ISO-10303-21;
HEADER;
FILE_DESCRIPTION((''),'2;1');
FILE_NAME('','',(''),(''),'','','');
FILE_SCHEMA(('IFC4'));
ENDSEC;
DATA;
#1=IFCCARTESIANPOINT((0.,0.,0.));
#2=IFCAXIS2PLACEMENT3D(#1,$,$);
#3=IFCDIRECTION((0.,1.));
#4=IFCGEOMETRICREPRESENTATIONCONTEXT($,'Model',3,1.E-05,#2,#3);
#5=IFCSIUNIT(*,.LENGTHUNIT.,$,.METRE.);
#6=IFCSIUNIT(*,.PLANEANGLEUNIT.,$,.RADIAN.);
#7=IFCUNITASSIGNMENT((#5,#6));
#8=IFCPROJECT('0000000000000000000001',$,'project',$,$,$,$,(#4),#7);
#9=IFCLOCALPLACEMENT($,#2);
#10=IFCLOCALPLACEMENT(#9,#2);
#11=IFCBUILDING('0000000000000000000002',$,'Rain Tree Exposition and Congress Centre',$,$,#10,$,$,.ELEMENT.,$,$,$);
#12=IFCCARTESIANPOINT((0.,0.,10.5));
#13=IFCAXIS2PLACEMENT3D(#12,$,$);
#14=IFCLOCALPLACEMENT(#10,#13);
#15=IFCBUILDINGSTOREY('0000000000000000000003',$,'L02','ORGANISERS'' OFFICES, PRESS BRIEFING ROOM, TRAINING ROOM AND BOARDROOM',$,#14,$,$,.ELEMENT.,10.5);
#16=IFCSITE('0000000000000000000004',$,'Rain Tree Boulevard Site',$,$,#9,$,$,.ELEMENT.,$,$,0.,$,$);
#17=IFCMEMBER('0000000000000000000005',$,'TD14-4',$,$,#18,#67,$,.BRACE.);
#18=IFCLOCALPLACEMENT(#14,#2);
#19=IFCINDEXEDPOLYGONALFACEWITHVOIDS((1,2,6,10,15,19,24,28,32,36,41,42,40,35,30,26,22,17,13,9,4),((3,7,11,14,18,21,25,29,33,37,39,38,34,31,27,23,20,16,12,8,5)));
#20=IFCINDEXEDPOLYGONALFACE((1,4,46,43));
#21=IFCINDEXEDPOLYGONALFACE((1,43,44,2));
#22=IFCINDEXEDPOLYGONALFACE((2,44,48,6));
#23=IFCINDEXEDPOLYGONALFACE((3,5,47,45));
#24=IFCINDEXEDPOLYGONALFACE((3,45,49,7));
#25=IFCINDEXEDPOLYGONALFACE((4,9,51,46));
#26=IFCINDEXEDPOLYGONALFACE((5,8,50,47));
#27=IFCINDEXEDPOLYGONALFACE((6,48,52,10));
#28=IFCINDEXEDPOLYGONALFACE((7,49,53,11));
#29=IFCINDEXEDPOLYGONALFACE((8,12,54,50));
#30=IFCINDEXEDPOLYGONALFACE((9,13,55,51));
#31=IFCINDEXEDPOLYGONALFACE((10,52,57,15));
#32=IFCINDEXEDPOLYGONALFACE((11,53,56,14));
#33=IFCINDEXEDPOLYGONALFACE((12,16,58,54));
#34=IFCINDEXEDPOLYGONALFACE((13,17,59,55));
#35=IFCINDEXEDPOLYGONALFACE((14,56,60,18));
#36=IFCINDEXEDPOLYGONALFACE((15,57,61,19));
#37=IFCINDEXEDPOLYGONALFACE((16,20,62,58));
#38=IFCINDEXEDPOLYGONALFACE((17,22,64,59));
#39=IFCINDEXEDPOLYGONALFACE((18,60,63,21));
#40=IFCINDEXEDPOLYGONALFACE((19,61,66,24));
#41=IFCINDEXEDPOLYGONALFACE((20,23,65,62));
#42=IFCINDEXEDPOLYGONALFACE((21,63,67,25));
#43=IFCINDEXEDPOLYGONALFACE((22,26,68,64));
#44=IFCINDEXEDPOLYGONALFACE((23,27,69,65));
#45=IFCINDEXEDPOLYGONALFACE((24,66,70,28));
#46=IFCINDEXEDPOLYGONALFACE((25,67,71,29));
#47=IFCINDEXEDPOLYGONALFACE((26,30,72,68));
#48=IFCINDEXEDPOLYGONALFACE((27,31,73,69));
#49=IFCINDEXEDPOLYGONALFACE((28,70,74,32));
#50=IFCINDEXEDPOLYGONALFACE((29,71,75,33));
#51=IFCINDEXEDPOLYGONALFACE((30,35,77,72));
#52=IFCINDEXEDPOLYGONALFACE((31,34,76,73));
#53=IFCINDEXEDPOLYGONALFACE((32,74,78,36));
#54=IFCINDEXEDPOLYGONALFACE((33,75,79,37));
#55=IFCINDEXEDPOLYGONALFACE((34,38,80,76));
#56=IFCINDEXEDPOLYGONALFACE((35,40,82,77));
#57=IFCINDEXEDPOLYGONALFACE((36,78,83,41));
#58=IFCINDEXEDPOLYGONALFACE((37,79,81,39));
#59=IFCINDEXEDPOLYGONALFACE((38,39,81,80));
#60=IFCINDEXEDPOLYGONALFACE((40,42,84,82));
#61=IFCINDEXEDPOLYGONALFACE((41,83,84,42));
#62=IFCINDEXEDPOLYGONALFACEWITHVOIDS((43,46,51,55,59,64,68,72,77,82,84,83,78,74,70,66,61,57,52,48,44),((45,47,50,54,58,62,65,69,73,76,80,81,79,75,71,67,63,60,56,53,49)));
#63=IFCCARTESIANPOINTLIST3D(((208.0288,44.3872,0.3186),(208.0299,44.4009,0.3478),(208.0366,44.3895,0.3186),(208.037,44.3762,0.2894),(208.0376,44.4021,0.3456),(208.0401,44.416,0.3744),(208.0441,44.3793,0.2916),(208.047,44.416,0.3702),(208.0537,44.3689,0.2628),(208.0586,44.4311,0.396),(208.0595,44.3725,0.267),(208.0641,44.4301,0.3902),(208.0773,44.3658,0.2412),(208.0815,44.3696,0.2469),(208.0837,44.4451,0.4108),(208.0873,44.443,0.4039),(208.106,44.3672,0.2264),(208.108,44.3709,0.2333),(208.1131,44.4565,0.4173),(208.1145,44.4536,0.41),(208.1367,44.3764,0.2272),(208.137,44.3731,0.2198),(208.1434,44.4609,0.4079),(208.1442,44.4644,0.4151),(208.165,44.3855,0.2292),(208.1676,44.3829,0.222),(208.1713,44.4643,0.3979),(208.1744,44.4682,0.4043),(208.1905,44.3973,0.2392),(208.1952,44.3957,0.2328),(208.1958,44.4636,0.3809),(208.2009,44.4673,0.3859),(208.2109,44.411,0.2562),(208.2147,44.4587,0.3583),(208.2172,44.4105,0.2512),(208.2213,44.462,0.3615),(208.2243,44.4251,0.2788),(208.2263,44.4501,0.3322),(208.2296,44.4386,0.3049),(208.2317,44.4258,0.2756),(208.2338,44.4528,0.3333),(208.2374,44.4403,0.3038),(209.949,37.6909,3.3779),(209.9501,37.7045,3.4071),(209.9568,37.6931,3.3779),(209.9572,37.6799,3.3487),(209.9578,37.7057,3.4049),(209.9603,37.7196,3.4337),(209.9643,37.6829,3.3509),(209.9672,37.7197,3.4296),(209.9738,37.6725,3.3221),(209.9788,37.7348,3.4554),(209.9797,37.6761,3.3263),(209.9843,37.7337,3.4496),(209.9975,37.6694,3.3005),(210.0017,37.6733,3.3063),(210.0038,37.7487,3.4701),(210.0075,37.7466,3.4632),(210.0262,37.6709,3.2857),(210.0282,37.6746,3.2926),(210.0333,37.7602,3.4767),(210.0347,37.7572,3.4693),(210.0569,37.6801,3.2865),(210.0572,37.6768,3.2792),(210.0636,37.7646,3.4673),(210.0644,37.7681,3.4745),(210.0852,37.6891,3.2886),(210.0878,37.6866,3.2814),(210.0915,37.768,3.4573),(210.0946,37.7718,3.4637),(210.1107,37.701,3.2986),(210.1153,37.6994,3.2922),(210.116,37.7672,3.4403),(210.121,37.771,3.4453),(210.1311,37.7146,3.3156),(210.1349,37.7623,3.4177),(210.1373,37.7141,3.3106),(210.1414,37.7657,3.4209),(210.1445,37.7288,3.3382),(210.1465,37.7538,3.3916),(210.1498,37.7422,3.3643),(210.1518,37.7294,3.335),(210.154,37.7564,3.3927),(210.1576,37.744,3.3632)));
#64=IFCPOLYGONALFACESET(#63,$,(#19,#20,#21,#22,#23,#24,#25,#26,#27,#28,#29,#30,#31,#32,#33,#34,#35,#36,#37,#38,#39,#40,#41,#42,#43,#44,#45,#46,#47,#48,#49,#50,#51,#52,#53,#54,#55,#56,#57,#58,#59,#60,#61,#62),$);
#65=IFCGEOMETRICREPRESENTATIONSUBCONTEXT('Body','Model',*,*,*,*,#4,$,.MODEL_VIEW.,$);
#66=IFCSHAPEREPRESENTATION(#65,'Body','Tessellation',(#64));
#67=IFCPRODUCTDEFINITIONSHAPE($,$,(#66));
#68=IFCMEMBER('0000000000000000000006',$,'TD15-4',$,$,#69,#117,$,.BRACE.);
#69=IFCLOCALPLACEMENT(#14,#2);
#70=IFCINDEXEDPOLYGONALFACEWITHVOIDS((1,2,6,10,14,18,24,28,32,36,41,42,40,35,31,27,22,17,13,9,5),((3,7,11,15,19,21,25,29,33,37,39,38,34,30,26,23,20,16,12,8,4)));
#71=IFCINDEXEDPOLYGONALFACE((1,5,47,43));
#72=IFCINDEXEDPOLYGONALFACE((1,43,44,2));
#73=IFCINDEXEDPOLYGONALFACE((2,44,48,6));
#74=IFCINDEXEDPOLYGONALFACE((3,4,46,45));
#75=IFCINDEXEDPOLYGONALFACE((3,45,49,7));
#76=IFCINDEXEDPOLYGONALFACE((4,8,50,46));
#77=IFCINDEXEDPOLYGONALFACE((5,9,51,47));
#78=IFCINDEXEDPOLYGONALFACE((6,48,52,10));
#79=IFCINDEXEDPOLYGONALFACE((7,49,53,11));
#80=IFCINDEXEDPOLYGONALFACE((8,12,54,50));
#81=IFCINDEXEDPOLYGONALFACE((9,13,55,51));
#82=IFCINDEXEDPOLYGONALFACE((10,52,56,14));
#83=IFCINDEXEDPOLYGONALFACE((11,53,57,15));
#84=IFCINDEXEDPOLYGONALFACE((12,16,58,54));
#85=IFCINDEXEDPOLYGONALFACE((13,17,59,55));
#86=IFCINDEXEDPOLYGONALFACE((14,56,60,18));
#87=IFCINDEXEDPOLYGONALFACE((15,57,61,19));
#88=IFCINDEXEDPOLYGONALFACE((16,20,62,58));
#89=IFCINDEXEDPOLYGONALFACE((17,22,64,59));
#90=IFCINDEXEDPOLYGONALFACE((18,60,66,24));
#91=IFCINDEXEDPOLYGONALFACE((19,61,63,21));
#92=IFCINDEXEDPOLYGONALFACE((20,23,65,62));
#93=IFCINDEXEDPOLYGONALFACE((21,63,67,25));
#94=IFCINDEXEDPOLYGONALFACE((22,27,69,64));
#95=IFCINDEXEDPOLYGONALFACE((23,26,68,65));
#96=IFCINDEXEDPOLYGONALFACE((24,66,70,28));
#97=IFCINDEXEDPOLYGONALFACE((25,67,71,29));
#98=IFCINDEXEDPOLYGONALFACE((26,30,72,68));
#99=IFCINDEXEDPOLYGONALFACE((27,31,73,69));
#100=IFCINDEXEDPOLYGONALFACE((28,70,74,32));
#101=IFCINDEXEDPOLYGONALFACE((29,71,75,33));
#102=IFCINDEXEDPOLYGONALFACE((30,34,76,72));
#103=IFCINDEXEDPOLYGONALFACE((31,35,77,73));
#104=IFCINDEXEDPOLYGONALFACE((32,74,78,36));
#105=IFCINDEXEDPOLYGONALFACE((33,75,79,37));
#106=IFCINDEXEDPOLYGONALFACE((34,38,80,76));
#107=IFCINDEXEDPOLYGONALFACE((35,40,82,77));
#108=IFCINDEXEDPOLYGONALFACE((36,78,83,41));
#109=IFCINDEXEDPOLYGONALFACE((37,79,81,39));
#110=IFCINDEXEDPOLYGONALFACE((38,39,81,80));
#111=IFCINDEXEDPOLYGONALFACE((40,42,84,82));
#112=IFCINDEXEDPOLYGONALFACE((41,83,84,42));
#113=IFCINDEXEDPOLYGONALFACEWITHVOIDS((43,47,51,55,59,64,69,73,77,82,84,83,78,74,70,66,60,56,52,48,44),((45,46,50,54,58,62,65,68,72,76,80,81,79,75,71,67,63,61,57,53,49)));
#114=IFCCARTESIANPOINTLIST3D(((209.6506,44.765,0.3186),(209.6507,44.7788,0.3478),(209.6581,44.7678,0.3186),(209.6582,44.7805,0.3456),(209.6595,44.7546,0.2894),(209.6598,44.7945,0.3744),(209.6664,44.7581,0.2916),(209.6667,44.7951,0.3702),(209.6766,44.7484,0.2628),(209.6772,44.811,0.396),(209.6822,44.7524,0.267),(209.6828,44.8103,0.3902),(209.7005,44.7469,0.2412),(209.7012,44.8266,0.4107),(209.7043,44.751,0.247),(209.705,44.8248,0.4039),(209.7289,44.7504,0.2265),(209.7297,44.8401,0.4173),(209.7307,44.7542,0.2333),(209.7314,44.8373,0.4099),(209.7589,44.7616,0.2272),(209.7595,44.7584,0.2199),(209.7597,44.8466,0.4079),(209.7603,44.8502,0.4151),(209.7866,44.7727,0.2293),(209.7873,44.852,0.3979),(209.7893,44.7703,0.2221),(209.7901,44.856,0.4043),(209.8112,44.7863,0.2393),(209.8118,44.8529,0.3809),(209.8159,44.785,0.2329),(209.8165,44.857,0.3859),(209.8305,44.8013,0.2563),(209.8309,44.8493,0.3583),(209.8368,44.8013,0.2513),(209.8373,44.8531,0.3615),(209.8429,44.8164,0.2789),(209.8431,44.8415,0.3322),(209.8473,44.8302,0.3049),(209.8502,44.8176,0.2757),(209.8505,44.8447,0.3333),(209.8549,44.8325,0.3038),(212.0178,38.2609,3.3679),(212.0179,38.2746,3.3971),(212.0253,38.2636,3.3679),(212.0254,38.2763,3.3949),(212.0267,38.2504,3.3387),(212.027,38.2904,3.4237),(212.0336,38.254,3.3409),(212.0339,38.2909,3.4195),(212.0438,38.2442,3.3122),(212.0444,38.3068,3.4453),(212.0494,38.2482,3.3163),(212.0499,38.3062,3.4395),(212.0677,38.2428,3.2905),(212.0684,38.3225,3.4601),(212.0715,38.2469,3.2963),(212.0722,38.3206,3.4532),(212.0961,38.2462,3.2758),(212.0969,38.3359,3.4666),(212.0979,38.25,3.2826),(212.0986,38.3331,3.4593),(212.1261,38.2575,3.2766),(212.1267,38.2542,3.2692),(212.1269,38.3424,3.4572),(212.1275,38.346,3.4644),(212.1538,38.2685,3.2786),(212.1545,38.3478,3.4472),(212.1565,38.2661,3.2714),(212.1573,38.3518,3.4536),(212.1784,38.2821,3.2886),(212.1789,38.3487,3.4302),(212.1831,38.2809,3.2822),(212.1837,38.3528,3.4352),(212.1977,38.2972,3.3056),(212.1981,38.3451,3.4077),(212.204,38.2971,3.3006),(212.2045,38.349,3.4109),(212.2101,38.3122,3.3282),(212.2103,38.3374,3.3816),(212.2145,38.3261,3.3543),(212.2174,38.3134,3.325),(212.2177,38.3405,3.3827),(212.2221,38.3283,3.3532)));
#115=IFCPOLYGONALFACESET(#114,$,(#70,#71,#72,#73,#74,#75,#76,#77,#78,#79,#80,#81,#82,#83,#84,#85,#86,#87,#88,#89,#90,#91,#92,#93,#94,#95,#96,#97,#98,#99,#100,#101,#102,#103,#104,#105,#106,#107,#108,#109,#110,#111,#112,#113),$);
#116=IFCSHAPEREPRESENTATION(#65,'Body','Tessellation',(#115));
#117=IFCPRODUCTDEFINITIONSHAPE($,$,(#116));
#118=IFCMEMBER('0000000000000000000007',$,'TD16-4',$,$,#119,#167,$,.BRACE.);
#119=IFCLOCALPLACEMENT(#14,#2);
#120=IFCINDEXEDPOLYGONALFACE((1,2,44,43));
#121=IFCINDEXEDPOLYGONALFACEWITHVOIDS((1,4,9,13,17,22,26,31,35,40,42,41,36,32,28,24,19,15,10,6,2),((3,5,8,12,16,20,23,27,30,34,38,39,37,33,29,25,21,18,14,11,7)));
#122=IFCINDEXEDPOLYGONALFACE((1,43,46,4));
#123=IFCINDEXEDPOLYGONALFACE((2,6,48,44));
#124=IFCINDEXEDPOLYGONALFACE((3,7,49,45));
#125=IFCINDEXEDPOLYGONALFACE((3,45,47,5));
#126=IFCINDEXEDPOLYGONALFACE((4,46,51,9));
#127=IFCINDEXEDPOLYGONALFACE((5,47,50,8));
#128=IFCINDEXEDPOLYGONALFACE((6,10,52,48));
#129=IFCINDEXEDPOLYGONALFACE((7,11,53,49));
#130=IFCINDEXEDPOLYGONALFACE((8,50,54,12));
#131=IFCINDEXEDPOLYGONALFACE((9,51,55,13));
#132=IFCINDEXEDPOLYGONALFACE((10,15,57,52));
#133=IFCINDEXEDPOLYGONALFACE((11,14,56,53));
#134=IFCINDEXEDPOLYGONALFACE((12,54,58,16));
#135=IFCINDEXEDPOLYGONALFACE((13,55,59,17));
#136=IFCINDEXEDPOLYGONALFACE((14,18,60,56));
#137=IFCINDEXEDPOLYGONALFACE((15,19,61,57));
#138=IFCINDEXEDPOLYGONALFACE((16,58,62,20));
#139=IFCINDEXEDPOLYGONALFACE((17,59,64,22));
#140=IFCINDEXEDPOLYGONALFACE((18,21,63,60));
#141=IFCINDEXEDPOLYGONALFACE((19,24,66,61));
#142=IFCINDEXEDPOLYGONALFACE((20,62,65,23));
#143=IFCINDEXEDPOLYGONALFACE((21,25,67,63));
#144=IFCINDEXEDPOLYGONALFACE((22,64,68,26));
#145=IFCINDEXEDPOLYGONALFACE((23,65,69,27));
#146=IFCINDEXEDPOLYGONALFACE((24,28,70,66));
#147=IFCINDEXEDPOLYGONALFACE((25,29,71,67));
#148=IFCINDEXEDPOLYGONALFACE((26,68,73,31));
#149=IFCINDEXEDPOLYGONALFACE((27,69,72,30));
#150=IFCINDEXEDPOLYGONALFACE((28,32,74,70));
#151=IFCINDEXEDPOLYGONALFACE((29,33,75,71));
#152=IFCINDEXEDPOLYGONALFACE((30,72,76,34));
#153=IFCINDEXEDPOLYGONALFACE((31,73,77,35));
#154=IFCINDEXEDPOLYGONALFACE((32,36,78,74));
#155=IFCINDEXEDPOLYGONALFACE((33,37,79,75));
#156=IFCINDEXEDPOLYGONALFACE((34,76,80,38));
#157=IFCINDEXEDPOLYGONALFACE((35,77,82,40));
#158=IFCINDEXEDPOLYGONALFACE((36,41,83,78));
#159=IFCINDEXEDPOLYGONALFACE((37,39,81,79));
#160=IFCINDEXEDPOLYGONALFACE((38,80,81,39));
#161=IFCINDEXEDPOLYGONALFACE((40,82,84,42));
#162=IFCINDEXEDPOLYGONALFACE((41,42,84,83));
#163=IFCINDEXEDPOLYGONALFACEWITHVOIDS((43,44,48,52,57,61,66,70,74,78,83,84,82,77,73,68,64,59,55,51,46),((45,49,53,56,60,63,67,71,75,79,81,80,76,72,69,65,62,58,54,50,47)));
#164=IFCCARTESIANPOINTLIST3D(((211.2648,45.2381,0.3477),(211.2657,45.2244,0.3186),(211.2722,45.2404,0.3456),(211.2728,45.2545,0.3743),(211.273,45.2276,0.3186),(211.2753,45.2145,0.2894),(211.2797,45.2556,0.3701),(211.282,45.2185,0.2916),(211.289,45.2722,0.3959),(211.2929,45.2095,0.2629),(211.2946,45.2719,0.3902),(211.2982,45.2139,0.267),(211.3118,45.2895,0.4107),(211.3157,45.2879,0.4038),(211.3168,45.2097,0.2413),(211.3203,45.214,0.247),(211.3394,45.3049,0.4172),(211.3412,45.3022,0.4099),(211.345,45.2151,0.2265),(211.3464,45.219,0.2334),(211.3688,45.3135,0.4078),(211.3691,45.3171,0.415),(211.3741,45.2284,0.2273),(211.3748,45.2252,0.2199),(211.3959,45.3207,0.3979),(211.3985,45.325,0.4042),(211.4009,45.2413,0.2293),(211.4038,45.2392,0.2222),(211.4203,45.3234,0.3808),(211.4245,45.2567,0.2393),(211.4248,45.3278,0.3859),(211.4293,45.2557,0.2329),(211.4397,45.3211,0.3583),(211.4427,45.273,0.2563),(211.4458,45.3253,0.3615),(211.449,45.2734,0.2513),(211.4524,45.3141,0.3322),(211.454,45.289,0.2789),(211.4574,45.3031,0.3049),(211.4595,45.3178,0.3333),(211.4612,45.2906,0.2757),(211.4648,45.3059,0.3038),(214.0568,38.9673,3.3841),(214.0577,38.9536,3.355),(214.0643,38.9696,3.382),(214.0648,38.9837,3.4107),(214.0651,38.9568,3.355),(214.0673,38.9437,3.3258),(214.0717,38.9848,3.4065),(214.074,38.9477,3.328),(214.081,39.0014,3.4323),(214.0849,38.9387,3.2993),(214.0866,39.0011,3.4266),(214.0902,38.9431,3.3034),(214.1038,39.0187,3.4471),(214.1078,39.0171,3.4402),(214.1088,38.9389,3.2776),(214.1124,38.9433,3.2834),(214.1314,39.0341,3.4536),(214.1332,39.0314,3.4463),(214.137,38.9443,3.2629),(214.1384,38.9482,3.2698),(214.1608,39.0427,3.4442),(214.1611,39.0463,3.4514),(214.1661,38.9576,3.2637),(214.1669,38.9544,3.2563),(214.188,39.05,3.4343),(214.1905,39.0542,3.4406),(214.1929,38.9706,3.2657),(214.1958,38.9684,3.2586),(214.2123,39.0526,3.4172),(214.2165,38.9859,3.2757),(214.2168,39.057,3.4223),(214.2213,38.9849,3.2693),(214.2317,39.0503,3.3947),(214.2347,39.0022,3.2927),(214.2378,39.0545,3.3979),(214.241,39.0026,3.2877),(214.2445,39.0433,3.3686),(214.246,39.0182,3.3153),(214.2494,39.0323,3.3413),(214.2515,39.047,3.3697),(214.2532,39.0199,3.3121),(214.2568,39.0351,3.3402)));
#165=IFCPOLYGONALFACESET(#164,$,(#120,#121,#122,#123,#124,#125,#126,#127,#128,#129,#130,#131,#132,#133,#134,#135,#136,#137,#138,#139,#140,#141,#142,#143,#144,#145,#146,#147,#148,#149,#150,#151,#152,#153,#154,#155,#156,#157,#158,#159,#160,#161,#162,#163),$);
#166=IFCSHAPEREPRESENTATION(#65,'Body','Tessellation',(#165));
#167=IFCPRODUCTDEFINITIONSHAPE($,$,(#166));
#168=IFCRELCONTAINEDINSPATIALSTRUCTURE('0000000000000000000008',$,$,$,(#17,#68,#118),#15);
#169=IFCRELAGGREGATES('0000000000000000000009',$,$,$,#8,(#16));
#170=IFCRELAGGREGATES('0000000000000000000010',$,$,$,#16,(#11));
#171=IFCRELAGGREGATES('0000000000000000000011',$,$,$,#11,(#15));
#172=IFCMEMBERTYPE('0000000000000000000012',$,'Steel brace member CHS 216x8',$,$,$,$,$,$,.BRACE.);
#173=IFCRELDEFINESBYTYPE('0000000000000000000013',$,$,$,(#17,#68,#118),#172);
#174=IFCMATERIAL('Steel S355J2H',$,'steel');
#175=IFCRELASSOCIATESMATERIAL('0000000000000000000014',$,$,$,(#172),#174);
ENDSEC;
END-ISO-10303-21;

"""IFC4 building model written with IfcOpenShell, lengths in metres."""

from ifc_helpers import new_model, si_unit, direction, frame, origin, origin_2d, place, context, subcontext, project, spatial, hollow_circle, extrude, material, material_profile, profile_set, type_object, element, save


model = new_model("IFC4")

# Units and contexts
model_context = context("Model", 3, precision=1e-05, world=origin(), true_north=direction((0.0, 1.0)))
body_context = subcontext(model_context, "Body", "Model", "MODEL_VIEW")
ifc_project = project(units=[si_unit("LENGTHUNIT", "METRE"), si_unit("PLANEANGLEUNIT", "RADIAN")], contexts=[model_context])

# Site, building, storey
site_placement = place(None, origin())
site = spatial("IfcSite", under=ifc_project, at=site_placement, Name="Rain Tree Boulevard Site", CompositionType="ELEMENT", RefElevation=0.0)
building_placement = place(site_placement, origin())
building = spatial("IfcBuilding", under=site, at=building_placement, Name="Rain Tree Exposition and Congress Centre", CompositionType="ELEMENT")
storey_placement = place(building_placement, frame((0.0, 0.0, 10.5)))
storey = spatial("IfcBuildingStorey", under=building, at=storey_placement, Name="L02", Description="ORGANISERS' OFFICES, PRESS BRIEFING ROOM, TRAINING ROOM AND BOARDROOM", CompositionType="ELEMENT", Elevation=10.5)

# Members
ifc_material_1 = material(Name="Steel S355J2H", Category="steel")
ifc_material_profile_1 = material_profile(ifc_material_1, hollow_circle(Radius=0.1082, WallThickness=0.0081, at=origin_2d()), Name="CHS 216x8")
ifc_profile_set_1 = profile_set([ifc_material_profile_1], Name="Steel S355J2H")
member_type_1 = type_object("IfcMemberType", Name="Steel brace member CHS 216x8", PredefinedType="BRACE", material=ifc_profile_set_1)
member_1_placement = place(storey_placement, frame((210.053, 37.7207, 3.3779), z_axis=(-0.252377, 0.880125, -0.402102), x_axis=(-0.96126, -0.275642, 0.0)))
element("IfcMember", 1, at=member_1_placement, inside=storey, type_object=member_type_1, Name="TD14-4", PredefinedType="BRACE", context=body_context, shape_type="SweptSolid", body=[
    extrude(hollow_circle(Radius=0.1082, WallThickness=0.0081, at=origin_2d()), origin(), (0.0, 0.0, 1.0), 7.6084),
])
member_2_placement = place(storey_placement, frame((212.1194, 38.2979, 3.3679), z_axis=(-0.312977, 0.859944, -0.403164), x_axis=(-0.939699, -0.342004, 0.0)))
element("IfcMember", 2, at=member_2_placement, inside=storey, type_object=member_type_1, Name="TD15-4", PredefinedType="BRACE", context=body_context, shape_type="SweptSolid", body=[
    extrude(hollow_circle(Radius=0.1082, WallThickness=0.0081, at=origin_2d()), origin(), (0.0, 0.0, 1.0), 7.5635),
])
member_3_placement = place(storey_placement, frame((214.1565, 38.9976, 3.355), z_axis=(-0.371978, 0.835453, -0.404537), x_axis=(-0.913541, -0.406746, 0.0)))
element("IfcMember", 3, at=member_3_placement, inside=storey, type_object=member_type_1, Name="TD16-4", PredefinedType="BRACE", context=body_context, shape_type="SweptSolid", body=[
    extrude(hollow_circle(Radius=0.1082, WallThickness=0.0081, at=origin_2d()), origin(), (0.0, 0.0, 1.0), 7.5059),
])

save(model, "model.ifc")
